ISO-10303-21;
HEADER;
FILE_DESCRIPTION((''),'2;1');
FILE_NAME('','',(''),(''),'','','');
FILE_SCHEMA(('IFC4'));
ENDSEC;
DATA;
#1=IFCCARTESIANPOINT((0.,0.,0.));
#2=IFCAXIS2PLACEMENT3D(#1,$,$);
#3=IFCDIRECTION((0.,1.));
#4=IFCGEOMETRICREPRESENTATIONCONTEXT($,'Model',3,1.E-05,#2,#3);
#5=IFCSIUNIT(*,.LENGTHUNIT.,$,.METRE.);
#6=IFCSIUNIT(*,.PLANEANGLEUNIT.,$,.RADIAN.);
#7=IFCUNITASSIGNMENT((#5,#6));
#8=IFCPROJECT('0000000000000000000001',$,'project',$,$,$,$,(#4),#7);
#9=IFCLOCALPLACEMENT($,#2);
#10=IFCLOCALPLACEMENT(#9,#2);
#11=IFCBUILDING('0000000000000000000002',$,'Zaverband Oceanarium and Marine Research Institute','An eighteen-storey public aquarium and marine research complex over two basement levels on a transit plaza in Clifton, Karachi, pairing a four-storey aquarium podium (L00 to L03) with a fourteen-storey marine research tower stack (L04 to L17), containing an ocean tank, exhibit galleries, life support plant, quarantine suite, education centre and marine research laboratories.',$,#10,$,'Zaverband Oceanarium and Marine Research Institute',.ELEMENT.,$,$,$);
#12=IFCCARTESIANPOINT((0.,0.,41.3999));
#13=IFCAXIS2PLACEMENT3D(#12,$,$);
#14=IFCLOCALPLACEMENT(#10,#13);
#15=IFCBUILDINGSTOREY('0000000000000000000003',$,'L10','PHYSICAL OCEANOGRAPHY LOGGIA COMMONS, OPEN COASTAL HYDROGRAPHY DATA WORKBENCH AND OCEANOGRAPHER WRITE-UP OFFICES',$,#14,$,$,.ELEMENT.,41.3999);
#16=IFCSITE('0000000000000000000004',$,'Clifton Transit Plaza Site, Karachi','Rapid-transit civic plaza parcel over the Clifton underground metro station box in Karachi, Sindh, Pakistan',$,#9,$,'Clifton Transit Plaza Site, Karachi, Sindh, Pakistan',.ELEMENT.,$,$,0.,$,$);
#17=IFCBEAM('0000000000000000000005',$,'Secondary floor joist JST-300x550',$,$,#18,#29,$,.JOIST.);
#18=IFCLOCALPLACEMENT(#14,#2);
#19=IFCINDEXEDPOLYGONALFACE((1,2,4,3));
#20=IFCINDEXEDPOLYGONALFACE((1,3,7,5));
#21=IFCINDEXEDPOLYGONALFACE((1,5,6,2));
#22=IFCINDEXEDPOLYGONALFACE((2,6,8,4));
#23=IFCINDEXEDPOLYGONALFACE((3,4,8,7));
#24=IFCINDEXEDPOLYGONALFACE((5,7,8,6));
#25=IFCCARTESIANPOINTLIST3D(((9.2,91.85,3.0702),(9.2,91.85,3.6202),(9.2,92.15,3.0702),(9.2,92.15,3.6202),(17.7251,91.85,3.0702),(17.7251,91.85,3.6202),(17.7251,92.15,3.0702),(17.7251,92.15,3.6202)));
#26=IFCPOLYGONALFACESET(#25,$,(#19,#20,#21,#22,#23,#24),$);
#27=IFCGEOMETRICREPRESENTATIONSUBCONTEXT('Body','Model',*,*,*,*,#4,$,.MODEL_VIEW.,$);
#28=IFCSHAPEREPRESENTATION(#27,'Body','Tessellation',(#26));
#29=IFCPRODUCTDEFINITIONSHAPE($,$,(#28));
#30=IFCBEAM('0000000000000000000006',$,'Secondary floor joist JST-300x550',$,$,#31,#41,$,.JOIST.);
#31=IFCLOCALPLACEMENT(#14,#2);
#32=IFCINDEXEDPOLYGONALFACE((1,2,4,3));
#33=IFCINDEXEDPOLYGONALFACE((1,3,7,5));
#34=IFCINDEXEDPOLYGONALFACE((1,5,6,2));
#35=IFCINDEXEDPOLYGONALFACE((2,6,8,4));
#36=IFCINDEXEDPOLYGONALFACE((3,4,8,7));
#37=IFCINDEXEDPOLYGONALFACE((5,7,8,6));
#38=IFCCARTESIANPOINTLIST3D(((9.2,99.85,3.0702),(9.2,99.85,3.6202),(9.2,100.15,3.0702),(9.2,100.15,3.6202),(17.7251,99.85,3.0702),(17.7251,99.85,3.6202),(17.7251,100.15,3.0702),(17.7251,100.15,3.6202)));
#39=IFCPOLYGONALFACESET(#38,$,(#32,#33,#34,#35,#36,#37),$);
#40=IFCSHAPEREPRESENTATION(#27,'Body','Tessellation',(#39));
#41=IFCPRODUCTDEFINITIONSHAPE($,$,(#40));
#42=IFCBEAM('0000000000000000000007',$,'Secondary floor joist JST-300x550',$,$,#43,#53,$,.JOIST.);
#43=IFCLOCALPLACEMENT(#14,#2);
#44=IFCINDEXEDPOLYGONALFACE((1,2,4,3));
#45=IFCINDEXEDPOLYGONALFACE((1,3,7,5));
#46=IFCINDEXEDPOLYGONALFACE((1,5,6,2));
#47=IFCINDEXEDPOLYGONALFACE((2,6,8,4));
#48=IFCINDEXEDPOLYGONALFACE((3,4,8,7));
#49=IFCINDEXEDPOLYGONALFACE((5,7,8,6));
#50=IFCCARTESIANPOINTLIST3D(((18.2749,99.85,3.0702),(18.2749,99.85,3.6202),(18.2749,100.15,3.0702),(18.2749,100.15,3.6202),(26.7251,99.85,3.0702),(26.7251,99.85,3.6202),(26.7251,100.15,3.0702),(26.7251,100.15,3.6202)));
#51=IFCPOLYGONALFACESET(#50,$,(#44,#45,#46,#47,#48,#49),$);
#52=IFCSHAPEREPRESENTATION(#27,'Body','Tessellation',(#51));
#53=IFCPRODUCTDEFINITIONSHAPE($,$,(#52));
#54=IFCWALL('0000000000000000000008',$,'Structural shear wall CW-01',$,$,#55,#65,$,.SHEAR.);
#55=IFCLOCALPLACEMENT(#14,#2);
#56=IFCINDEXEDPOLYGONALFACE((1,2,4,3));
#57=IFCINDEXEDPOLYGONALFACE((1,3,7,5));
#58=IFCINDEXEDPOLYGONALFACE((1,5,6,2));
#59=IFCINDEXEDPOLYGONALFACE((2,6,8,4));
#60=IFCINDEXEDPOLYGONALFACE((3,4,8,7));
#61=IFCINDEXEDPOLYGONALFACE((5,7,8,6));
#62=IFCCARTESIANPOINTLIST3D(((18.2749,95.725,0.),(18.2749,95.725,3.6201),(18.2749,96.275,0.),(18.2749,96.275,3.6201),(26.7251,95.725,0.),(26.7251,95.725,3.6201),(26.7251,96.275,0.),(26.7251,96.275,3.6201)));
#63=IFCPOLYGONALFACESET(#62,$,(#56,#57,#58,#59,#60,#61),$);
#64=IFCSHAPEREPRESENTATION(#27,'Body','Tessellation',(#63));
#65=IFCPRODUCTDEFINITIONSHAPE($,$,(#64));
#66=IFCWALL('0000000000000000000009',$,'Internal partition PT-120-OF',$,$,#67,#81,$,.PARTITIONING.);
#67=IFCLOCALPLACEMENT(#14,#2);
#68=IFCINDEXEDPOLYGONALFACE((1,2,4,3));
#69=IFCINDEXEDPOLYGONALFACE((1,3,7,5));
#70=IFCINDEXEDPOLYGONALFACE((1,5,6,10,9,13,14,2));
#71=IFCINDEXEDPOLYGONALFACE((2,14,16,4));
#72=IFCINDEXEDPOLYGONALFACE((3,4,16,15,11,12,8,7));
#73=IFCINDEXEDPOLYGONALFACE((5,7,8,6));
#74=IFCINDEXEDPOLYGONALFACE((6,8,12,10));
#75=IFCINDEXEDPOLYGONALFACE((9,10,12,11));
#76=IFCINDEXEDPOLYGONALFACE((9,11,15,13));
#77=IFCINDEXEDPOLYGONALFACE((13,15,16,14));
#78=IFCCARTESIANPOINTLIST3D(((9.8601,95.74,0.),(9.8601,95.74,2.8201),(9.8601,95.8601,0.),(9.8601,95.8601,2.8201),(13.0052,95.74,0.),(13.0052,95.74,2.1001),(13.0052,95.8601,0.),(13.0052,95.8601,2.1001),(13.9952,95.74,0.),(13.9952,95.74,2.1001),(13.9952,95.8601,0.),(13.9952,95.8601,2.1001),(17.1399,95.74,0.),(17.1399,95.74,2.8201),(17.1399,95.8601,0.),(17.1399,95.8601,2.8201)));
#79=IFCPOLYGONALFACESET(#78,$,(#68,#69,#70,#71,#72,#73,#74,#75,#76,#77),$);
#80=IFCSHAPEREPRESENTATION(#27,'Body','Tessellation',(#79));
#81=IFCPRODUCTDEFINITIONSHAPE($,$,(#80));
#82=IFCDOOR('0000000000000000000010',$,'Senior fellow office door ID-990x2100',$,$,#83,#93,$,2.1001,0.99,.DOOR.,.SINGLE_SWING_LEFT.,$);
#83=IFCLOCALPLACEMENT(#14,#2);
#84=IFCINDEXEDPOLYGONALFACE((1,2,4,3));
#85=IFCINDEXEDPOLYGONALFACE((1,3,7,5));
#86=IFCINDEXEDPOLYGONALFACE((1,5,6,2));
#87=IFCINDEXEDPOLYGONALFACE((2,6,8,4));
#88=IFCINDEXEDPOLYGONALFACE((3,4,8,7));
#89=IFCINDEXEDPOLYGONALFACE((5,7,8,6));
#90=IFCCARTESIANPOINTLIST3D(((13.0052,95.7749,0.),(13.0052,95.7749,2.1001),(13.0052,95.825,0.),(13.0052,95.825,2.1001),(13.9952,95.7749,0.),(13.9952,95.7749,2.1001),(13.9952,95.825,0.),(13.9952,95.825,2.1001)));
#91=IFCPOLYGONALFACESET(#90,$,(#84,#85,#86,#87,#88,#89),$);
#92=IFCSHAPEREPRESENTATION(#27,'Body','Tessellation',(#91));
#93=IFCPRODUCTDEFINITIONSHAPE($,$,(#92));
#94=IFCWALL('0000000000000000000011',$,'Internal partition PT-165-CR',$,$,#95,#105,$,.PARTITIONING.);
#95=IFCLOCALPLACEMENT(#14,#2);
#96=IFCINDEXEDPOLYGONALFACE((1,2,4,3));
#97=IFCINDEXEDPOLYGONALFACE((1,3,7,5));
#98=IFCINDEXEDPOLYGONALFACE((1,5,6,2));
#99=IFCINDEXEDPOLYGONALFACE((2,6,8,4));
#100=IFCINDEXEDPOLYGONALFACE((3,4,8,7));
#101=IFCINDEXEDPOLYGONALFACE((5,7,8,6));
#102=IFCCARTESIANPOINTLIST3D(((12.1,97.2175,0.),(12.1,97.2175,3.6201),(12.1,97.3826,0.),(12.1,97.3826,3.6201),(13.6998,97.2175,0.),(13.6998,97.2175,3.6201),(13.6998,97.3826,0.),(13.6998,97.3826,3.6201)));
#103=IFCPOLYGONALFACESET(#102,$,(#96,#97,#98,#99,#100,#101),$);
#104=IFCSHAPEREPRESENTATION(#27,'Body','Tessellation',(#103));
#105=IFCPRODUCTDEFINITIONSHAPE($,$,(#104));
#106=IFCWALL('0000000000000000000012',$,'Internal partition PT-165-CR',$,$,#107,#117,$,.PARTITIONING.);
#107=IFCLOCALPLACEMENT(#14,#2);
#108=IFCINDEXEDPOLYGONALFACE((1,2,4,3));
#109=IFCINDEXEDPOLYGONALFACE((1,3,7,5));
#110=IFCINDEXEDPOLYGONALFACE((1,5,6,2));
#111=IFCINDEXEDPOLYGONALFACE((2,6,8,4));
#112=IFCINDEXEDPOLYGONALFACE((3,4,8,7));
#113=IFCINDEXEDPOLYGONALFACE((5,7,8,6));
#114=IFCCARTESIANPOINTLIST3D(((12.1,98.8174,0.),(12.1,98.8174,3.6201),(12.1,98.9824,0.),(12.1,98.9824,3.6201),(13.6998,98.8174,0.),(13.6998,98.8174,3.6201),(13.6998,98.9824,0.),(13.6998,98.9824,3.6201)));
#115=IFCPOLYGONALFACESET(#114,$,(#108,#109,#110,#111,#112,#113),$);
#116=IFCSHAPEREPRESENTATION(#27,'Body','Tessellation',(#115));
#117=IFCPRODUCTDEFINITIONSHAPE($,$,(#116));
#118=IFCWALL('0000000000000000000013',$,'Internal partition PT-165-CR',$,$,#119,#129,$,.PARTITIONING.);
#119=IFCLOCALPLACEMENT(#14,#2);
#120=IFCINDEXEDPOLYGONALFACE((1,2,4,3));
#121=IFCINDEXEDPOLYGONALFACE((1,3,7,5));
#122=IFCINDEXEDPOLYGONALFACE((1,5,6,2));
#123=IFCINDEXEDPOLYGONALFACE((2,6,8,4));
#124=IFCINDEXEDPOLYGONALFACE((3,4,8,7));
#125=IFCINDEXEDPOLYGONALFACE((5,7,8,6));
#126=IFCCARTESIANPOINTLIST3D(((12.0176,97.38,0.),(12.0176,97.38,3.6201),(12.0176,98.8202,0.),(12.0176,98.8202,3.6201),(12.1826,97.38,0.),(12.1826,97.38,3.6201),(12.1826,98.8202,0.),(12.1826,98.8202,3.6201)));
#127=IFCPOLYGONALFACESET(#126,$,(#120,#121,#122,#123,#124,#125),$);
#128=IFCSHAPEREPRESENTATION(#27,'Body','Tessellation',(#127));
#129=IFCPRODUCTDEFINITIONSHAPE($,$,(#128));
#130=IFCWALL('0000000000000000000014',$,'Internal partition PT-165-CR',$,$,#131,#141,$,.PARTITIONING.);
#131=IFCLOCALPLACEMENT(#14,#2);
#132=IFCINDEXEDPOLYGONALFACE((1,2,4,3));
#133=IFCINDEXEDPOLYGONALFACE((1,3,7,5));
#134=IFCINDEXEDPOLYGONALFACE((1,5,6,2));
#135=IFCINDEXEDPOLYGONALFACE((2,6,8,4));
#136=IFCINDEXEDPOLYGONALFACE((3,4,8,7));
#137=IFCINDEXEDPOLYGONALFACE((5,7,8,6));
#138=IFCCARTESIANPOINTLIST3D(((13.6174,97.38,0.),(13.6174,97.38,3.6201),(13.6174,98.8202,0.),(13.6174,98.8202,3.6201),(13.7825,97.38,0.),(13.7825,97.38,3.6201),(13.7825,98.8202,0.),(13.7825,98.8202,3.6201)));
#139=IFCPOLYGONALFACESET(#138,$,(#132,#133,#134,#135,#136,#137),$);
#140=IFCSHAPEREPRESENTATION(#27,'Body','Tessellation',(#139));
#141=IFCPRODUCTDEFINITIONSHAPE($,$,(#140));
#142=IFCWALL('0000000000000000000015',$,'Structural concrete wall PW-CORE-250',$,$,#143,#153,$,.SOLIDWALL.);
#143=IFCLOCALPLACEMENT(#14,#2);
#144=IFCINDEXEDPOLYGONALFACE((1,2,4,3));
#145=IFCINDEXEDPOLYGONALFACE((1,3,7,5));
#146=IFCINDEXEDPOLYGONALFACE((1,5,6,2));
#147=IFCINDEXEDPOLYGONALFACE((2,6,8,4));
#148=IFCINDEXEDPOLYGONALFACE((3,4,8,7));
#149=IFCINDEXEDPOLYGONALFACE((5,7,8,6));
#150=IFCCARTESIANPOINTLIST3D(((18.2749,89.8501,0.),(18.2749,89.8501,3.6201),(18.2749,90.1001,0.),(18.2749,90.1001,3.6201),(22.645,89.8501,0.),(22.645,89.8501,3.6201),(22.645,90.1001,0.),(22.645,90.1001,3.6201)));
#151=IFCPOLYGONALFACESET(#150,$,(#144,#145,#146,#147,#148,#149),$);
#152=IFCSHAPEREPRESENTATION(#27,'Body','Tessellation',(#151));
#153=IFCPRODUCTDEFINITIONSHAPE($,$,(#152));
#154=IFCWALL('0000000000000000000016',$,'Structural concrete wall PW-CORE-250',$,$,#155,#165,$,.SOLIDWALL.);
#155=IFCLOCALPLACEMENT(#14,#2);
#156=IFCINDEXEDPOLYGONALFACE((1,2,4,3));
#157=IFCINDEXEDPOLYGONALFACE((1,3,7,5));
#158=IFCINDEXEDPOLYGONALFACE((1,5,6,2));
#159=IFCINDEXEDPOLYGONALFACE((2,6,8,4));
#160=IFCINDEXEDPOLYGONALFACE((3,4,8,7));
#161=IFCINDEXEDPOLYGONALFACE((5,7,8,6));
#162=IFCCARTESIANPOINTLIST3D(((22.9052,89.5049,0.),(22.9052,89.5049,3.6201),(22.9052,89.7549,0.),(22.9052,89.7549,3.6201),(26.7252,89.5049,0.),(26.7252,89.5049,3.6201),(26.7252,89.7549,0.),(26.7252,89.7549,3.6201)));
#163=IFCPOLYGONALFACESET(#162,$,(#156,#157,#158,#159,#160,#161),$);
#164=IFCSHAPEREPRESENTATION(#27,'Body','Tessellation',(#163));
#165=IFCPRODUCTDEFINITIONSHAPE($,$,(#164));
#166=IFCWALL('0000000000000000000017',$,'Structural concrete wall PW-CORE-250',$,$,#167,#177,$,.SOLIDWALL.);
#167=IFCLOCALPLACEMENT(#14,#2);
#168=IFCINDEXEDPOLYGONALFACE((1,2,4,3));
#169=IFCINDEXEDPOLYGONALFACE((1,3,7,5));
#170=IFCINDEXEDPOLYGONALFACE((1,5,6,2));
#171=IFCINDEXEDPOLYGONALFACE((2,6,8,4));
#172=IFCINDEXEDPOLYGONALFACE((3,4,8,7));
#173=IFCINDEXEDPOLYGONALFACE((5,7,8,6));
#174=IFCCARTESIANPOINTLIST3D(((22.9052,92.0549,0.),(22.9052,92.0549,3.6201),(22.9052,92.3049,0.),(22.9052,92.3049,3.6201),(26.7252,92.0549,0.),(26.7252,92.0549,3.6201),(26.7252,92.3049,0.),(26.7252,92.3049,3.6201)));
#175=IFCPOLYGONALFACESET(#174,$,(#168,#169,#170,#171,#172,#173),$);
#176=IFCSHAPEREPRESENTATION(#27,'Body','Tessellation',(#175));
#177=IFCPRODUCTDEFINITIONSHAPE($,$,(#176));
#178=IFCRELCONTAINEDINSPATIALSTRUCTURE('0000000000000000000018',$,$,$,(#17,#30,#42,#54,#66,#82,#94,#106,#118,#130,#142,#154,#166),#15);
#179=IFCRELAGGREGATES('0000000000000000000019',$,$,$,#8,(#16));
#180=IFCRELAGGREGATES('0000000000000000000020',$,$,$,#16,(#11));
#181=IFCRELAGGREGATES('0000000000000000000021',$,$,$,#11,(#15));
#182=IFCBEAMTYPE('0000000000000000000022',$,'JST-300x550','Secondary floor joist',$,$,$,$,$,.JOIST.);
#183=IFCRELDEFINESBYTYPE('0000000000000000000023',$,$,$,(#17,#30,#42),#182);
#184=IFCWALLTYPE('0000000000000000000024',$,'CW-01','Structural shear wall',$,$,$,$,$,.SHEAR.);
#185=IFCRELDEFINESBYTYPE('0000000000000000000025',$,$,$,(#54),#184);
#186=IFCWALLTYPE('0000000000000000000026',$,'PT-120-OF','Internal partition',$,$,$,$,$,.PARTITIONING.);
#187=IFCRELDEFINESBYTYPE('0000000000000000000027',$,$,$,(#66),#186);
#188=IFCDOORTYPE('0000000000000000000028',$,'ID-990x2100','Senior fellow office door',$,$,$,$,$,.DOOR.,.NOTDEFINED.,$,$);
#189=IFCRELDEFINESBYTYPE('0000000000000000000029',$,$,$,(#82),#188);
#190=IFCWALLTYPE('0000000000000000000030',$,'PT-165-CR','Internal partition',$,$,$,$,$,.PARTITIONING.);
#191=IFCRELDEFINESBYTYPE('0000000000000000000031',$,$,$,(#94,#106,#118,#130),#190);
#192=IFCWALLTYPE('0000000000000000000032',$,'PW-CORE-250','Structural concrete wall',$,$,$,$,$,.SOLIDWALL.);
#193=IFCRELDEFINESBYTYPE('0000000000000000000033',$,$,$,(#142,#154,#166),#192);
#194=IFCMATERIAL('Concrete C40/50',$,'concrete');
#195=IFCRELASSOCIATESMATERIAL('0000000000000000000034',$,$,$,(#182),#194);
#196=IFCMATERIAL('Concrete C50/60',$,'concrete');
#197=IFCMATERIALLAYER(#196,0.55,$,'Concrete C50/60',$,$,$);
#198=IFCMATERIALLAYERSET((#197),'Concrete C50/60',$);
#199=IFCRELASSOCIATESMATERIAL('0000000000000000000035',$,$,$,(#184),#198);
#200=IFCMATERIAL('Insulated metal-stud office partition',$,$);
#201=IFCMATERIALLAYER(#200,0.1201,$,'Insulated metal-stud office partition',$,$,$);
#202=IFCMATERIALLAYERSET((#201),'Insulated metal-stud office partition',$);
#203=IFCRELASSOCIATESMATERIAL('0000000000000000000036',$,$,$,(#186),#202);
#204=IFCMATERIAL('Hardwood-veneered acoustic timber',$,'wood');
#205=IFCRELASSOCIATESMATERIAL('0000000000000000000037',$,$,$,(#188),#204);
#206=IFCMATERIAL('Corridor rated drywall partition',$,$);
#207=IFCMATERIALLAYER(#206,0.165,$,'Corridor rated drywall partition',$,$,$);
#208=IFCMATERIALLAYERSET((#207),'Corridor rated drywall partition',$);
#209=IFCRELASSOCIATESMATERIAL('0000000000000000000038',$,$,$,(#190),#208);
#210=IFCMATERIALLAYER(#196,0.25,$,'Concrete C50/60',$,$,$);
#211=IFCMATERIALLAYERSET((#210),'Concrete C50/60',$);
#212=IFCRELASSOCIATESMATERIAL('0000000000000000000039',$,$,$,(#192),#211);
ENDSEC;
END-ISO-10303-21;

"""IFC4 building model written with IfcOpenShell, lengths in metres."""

from ifc_helpers import new_model, si_unit, direction, frame, frame_2d, origin, origin_2d, place, context, subcontext, project, spatial, rectangle, extrude, material, layer, layer_set, material_profile, profile_set, type_object, element, fill, save


model = new_model("IFC4")

# Units and contexts
model_context = context("Model", 3, precision=1e-05, world=origin(), true_north=direction((0.0, 1.0)))
body_context = subcontext(model_context, "Body", "Model", "MODEL_VIEW")
ifc_project = project(units=[si_unit("LENGTHUNIT", "METRE"), si_unit("PLANEANGLEUNIT", "RADIAN")], contexts=[model_context])

# Site, building, storey
site_placement = place(None, origin())
site = spatial("IfcSite", under=ifc_project, at=site_placement, Name="Clifton Transit Plaza Site, Karachi", Description="Rapid-transit civic plaza parcel over the Clifton underground metro station box in Karachi, Sindh, Pakistan", LongName="Clifton Transit Plaza Site, Karachi, Sindh, Pakistan", CompositionType="ELEMENT", RefElevation=0.0)
building_placement = place(site_placement, origin())
building = spatial("IfcBuilding", under=site, at=building_placement, Name="Zaverband Oceanarium and Marine Research Institute", Description="An eighteen-storey public aquarium and marine research complex over two basement levels on a transit plaza in Clifton, Karachi, pairing a four-storey aquarium podium (L00 to L03) with a fourteen-storey marine research tower stack (L04 to L17), containing an ocean tank, exhibit galleries, life support plant, quarantine suite, education centre and marine research laboratories.", LongName="Zaverband Oceanarium and Marine Research Institute", CompositionType="ELEMENT")
storey_placement = place(building_placement, frame((0.0, 0.0, 41.3999)))
storey = spatial("IfcBuildingStorey", under=building, at=storey_placement, Name="L10", Description="PHYSICAL OCEANOGRAPHY LOGGIA COMMONS, OPEN COASTAL HYDROGRAPHY DATA WORKBENCH AND OCEANOGRAPHER WRITE-UP OFFICES", CompositionType="ELEMENT", Elevation=41.3999)

# Shared definitions
ifc_material_1 = material(Name="Concrete C50/60", Category="concrete")

# Shared definitions
ifc_material_2 = material(Name="Concrete C40/50", Category="concrete")

# Beams
ifc_material_profile_1 = material_profile(ifc_material_2, rectangle(XDim=0.3, YDim=0.55, at=origin_2d()), Name="RC300x550")
ifc_profile_set_1 = profile_set([ifc_material_profile_1], Name="Concrete C40/50")
beam_type_1 = type_object("IfcBeamType", Name="JST-300x550", Description="Secondary floor joist", PredefinedType="JOIST", material=ifc_profile_set_1)
for number, where, z_axis, x_axis, name in (
    (1, (9.2, 92.0, 3.3452), (1.0, 0.0, 0.0), (0.0, 1.0, 0.0), "Secondary floor joist JST-300x550"),
    (2, (9.2, 100.0, 3.3452), (1.0, 0.0, 0.0), (0.0, 1.0, 0.0), "Secondary floor joist JST-300x550"),
):
    element("IfcBeam", number, at=place(storey_placement, frame(where, z_axis=z_axis, x_axis=x_axis)), inside=storey, type_object=beam_type_1, Name=name, PredefinedType="JOIST", context=body_context, shape_type="SweptSolid", body=[
        extrude(rectangle(XDim=0.3, YDim=0.55, at=origin_2d()), origin(), (0.0, 0.0, 1.0), 8.5251),
    ])
beam_placement = place(storey_placement, frame((18.2749, 100.0, 3.3452), z_axis=(1.0, 0.0, 0.0), x_axis=(0.0, 1.0, 0.0)))
element("IfcBeam", 3, at=beam_placement, inside=storey, type_object=beam_type_1, Name="Secondary floor joist JST-300x550", PredefinedType="JOIST", context=body_context, shape_type="SweptSolid", body=[
    extrude(rectangle(XDim=0.3, YDim=0.55, at=origin_2d()), origin(), (0.0, 0.0, 1.0), 8.4502),
])

# Wall
ifc_layer_1 = layer(ifc_material_1, 0.55, Name="Concrete C50/60")
ifc_layer_set_1 = layer_set([ifc_layer_1], Name="Concrete C50/60")
wall_type_1 = type_object("IfcWallType", Name="CW-01", Description="Structural shear wall", PredefinedType="SHEAR", material=ifc_layer_set_1)
wall_1_placement = place(storey_placement, frame((18.2749, 96.0, 0.0), z_axis=(0.0, 0.0, 1.0), x_axis=(1.0, 0.0, 0.0)))
element("IfcWall", 4, at=wall_1_placement, inside=storey, type_object=wall_type_1, Name="Structural shear wall CW-01", PredefinedType="SHEAR", context=body_context, shape_type="SweptSolid", body=[
    extrude(rectangle(XDim=8.4502, YDim=0.55, at=frame_2d((4.2251, 0.0))), origin(), (0.0, 0.0, 1.0), 3.6201),
])

# Wall, opening, door
ifc_material_3 = material(Name="Insulated metal-stud office partition")
ifc_layer_2 = layer(ifc_material_3, 0.1201, Name="Insulated metal-stud office partition")
ifc_layer_set_2 = layer_set([ifc_layer_2], Name="Insulated metal-stud office partition")
wall_type_2 = type_object("IfcWallType", Name="PT-120-OF", Description="Internal partition", PredefinedType="PARTITIONING", material=ifc_layer_set_2)
wall_2_placement = place(storey_placement, frame((9.8601, 95.8, 0.0), z_axis=(0.0, 0.0, 1.0), x_axis=(1.0, 0.0, 0.0)))
wall_2 = element("IfcWall", 5, at=wall_2_placement, inside=storey, type_object=wall_type_2, Name="Internal partition PT-120-OF", PredefinedType="PARTITIONING", context=body_context, shape_type="SweptSolid", body=[
    extrude(rectangle(XDim=7.2798, YDim=0.1201, at=frame_2d((3.6399, 0.0))), origin(), (0.0, 0.0, 1.0), 2.8201),
])
opening_placement = place(wall_2_placement, frame((3.145, 0.0, 0.0)))
opening = element("IfcOpeningElement", 6, at=opening_placement, cuts=wall_2, PredefinedType="OPENING", context=body_context, shape_type="SweptSolid", body=[
    extrude(rectangle(XDim=0.99, YDim=2.1001, at=frame_2d((0.4951, 1.05))), frame((0.0, 0.072, 0.0), z_axis=(0.0, -1.0, 0.0), x_axis=(1.0, 0.0, 0.0)), (0.0, 0.0, 1.0), 0.144),
])
ifc_material_4 = material(Name="Hardwood-veneered acoustic timber", Category="wood")
door_type = type_object("IfcDoorType", Name="ID-990x2100", Description="Senior fellow office door", OperationType="NOTDEFINED", PredefinedType="DOOR", material=ifc_material_4)
door_placement = place(opening_placement, origin())
door = element("IfcDoor", 7, at=door_placement, inside=storey, type_object=door_type, Name="Senior fellow office door ID-990x2100", OperationType="SINGLE_SWING_LEFT", OverallHeight=2.1001, OverallWidth=0.99, PredefinedType="DOOR", context=body_context, shape_type="SweptSolid", body=[
    extrude(rectangle(XDim=0.99, YDim=2.1001, at=frame_2d((0.4951, 1.05))), frame((0.0, 0.0249, 0.0), z_axis=(0.0, -1.0, 0.0), x_axis=(1.0, 0.0, 0.0)), (0.0, 0.0, 1.0), 0.05),
])
fill(opening, door)

# Walls
ifc_material_5 = material(Name="Corridor rated drywall partition")
ifc_layer_3 = layer(ifc_material_5, 0.165, Name="Corridor rated drywall partition")
ifc_layer_set_3 = layer_set([ifc_layer_3], Name="Corridor rated drywall partition")
wall_type_3 = type_object("IfcWallType", Name="PT-165-CR", Description="Internal partition", PredefinedType="PARTITIONING", material=ifc_layer_set_3)
for number, where, z_axis, x_axis, name in (
    (8, (12.1001, 97.3, 0.0), (0.0, 0.0, 1.0), (1.0, 0.0, 0.0), "Internal partition PT-165-CR"),
    (9, (12.1001, 98.8999, 0.0), (0.0, 0.0, 1.0), (1.0, 0.0, 0.0), "Internal partition PT-165-CR"),
):
    element("IfcWall", number, at=place(storey_placement, frame(where, z_axis=z_axis, x_axis=x_axis)), inside=storey, type_object=wall_type_3, Name=name, PredefinedType="PARTITIONING", context=body_context, shape_type="SweptSolid", body=[
        extrude(rectangle(XDim=1.5999, YDim=0.165, at=frame_2d((0.7998, 0.0))), origin(), (0.0, 0.0, 1.0), 3.6201),
    ])
for number, where, z_axis, x_axis, name in (
    (10, (12.1001, 97.3799, 0.0), (0.0, 0.0, 1.0), (0.0, 1.0, 0.0), "Internal partition PT-165-CR"),
    (11, (13.7, 97.3799, 0.0), (0.0, 0.0, 1.0), (0.0, 1.0, 0.0), "Internal partition PT-165-CR"),
):
    element("IfcWall", number, at=place(storey_placement, frame(where, z_axis=z_axis, x_axis=x_axis)), inside=storey, type_object=wall_type_3, Name=name, PredefinedType="PARTITIONING", context=body_context, shape_type="SweptSolid", body=[
        extrude(rectangle(XDim=1.4402, YDim=0.165, at=frame_2d((0.7202, 0.0))), origin(), (0.0, 0.0, 1.0), 3.6201),
    ])
ifc_layer_4 = layer(ifc_material_1, 0.25, Name="Concrete C50/60")
ifc_layer_set_4 = layer_set([ifc_layer_4], Name="Concrete C50/60")
wall_type_4 = type_object("IfcWallType", Name="PW-CORE-250", Description="Structural concrete wall", PredefinedType="SOLIDWALL", material=ifc_layer_set_4)
wall_3_placement = place(storey_placement, frame((18.2749, 89.9751, 0.0), z_axis=(0.0, 0.0, 1.0), x_axis=(1.0, 0.0, 0.0)))
element("IfcWall", 12, at=wall_3_placement, inside=storey, type_object=wall_type_4, Name="Structural concrete wall PW-CORE-250", PredefinedType="SOLIDWALL", context=body_context, shape_type="SweptSolid", body=[
    extrude(rectangle(XDim=4.3701, YDim=0.25, at=frame_2d((2.1851, 0.0))), origin(), (0.0, 0.0, 1.0), 3.6201),
])
for number, where, z_axis, x_axis, name in (
    (13, (22.905, 89.6299, 0.0), (0.0, 0.0, 1.0), (1.0, 0.0, 0.0), "Structural concrete wall PW-CORE-250"),
    (14, (22.905, 92.1799, 0.0), (0.0, 0.0, 1.0), (1.0, 0.0, 0.0), "Structural concrete wall PW-CORE-250"),
):
    element("IfcWall", number, at=place(storey_placement, frame(where, z_axis=z_axis, x_axis=x_axis)), inside=storey, type_object=wall_type_4, Name=name, PredefinedType="SOLIDWALL", context=body_context, shape_type="SweptSolid", body=[
        extrude(rectangle(XDim=3.8201, YDim=0.25, at=frame_2d((1.9102, 0.0))), origin(), (0.0, 0.0, 1.0), 3.6201),
    ])

save(model, "model.ifc")
